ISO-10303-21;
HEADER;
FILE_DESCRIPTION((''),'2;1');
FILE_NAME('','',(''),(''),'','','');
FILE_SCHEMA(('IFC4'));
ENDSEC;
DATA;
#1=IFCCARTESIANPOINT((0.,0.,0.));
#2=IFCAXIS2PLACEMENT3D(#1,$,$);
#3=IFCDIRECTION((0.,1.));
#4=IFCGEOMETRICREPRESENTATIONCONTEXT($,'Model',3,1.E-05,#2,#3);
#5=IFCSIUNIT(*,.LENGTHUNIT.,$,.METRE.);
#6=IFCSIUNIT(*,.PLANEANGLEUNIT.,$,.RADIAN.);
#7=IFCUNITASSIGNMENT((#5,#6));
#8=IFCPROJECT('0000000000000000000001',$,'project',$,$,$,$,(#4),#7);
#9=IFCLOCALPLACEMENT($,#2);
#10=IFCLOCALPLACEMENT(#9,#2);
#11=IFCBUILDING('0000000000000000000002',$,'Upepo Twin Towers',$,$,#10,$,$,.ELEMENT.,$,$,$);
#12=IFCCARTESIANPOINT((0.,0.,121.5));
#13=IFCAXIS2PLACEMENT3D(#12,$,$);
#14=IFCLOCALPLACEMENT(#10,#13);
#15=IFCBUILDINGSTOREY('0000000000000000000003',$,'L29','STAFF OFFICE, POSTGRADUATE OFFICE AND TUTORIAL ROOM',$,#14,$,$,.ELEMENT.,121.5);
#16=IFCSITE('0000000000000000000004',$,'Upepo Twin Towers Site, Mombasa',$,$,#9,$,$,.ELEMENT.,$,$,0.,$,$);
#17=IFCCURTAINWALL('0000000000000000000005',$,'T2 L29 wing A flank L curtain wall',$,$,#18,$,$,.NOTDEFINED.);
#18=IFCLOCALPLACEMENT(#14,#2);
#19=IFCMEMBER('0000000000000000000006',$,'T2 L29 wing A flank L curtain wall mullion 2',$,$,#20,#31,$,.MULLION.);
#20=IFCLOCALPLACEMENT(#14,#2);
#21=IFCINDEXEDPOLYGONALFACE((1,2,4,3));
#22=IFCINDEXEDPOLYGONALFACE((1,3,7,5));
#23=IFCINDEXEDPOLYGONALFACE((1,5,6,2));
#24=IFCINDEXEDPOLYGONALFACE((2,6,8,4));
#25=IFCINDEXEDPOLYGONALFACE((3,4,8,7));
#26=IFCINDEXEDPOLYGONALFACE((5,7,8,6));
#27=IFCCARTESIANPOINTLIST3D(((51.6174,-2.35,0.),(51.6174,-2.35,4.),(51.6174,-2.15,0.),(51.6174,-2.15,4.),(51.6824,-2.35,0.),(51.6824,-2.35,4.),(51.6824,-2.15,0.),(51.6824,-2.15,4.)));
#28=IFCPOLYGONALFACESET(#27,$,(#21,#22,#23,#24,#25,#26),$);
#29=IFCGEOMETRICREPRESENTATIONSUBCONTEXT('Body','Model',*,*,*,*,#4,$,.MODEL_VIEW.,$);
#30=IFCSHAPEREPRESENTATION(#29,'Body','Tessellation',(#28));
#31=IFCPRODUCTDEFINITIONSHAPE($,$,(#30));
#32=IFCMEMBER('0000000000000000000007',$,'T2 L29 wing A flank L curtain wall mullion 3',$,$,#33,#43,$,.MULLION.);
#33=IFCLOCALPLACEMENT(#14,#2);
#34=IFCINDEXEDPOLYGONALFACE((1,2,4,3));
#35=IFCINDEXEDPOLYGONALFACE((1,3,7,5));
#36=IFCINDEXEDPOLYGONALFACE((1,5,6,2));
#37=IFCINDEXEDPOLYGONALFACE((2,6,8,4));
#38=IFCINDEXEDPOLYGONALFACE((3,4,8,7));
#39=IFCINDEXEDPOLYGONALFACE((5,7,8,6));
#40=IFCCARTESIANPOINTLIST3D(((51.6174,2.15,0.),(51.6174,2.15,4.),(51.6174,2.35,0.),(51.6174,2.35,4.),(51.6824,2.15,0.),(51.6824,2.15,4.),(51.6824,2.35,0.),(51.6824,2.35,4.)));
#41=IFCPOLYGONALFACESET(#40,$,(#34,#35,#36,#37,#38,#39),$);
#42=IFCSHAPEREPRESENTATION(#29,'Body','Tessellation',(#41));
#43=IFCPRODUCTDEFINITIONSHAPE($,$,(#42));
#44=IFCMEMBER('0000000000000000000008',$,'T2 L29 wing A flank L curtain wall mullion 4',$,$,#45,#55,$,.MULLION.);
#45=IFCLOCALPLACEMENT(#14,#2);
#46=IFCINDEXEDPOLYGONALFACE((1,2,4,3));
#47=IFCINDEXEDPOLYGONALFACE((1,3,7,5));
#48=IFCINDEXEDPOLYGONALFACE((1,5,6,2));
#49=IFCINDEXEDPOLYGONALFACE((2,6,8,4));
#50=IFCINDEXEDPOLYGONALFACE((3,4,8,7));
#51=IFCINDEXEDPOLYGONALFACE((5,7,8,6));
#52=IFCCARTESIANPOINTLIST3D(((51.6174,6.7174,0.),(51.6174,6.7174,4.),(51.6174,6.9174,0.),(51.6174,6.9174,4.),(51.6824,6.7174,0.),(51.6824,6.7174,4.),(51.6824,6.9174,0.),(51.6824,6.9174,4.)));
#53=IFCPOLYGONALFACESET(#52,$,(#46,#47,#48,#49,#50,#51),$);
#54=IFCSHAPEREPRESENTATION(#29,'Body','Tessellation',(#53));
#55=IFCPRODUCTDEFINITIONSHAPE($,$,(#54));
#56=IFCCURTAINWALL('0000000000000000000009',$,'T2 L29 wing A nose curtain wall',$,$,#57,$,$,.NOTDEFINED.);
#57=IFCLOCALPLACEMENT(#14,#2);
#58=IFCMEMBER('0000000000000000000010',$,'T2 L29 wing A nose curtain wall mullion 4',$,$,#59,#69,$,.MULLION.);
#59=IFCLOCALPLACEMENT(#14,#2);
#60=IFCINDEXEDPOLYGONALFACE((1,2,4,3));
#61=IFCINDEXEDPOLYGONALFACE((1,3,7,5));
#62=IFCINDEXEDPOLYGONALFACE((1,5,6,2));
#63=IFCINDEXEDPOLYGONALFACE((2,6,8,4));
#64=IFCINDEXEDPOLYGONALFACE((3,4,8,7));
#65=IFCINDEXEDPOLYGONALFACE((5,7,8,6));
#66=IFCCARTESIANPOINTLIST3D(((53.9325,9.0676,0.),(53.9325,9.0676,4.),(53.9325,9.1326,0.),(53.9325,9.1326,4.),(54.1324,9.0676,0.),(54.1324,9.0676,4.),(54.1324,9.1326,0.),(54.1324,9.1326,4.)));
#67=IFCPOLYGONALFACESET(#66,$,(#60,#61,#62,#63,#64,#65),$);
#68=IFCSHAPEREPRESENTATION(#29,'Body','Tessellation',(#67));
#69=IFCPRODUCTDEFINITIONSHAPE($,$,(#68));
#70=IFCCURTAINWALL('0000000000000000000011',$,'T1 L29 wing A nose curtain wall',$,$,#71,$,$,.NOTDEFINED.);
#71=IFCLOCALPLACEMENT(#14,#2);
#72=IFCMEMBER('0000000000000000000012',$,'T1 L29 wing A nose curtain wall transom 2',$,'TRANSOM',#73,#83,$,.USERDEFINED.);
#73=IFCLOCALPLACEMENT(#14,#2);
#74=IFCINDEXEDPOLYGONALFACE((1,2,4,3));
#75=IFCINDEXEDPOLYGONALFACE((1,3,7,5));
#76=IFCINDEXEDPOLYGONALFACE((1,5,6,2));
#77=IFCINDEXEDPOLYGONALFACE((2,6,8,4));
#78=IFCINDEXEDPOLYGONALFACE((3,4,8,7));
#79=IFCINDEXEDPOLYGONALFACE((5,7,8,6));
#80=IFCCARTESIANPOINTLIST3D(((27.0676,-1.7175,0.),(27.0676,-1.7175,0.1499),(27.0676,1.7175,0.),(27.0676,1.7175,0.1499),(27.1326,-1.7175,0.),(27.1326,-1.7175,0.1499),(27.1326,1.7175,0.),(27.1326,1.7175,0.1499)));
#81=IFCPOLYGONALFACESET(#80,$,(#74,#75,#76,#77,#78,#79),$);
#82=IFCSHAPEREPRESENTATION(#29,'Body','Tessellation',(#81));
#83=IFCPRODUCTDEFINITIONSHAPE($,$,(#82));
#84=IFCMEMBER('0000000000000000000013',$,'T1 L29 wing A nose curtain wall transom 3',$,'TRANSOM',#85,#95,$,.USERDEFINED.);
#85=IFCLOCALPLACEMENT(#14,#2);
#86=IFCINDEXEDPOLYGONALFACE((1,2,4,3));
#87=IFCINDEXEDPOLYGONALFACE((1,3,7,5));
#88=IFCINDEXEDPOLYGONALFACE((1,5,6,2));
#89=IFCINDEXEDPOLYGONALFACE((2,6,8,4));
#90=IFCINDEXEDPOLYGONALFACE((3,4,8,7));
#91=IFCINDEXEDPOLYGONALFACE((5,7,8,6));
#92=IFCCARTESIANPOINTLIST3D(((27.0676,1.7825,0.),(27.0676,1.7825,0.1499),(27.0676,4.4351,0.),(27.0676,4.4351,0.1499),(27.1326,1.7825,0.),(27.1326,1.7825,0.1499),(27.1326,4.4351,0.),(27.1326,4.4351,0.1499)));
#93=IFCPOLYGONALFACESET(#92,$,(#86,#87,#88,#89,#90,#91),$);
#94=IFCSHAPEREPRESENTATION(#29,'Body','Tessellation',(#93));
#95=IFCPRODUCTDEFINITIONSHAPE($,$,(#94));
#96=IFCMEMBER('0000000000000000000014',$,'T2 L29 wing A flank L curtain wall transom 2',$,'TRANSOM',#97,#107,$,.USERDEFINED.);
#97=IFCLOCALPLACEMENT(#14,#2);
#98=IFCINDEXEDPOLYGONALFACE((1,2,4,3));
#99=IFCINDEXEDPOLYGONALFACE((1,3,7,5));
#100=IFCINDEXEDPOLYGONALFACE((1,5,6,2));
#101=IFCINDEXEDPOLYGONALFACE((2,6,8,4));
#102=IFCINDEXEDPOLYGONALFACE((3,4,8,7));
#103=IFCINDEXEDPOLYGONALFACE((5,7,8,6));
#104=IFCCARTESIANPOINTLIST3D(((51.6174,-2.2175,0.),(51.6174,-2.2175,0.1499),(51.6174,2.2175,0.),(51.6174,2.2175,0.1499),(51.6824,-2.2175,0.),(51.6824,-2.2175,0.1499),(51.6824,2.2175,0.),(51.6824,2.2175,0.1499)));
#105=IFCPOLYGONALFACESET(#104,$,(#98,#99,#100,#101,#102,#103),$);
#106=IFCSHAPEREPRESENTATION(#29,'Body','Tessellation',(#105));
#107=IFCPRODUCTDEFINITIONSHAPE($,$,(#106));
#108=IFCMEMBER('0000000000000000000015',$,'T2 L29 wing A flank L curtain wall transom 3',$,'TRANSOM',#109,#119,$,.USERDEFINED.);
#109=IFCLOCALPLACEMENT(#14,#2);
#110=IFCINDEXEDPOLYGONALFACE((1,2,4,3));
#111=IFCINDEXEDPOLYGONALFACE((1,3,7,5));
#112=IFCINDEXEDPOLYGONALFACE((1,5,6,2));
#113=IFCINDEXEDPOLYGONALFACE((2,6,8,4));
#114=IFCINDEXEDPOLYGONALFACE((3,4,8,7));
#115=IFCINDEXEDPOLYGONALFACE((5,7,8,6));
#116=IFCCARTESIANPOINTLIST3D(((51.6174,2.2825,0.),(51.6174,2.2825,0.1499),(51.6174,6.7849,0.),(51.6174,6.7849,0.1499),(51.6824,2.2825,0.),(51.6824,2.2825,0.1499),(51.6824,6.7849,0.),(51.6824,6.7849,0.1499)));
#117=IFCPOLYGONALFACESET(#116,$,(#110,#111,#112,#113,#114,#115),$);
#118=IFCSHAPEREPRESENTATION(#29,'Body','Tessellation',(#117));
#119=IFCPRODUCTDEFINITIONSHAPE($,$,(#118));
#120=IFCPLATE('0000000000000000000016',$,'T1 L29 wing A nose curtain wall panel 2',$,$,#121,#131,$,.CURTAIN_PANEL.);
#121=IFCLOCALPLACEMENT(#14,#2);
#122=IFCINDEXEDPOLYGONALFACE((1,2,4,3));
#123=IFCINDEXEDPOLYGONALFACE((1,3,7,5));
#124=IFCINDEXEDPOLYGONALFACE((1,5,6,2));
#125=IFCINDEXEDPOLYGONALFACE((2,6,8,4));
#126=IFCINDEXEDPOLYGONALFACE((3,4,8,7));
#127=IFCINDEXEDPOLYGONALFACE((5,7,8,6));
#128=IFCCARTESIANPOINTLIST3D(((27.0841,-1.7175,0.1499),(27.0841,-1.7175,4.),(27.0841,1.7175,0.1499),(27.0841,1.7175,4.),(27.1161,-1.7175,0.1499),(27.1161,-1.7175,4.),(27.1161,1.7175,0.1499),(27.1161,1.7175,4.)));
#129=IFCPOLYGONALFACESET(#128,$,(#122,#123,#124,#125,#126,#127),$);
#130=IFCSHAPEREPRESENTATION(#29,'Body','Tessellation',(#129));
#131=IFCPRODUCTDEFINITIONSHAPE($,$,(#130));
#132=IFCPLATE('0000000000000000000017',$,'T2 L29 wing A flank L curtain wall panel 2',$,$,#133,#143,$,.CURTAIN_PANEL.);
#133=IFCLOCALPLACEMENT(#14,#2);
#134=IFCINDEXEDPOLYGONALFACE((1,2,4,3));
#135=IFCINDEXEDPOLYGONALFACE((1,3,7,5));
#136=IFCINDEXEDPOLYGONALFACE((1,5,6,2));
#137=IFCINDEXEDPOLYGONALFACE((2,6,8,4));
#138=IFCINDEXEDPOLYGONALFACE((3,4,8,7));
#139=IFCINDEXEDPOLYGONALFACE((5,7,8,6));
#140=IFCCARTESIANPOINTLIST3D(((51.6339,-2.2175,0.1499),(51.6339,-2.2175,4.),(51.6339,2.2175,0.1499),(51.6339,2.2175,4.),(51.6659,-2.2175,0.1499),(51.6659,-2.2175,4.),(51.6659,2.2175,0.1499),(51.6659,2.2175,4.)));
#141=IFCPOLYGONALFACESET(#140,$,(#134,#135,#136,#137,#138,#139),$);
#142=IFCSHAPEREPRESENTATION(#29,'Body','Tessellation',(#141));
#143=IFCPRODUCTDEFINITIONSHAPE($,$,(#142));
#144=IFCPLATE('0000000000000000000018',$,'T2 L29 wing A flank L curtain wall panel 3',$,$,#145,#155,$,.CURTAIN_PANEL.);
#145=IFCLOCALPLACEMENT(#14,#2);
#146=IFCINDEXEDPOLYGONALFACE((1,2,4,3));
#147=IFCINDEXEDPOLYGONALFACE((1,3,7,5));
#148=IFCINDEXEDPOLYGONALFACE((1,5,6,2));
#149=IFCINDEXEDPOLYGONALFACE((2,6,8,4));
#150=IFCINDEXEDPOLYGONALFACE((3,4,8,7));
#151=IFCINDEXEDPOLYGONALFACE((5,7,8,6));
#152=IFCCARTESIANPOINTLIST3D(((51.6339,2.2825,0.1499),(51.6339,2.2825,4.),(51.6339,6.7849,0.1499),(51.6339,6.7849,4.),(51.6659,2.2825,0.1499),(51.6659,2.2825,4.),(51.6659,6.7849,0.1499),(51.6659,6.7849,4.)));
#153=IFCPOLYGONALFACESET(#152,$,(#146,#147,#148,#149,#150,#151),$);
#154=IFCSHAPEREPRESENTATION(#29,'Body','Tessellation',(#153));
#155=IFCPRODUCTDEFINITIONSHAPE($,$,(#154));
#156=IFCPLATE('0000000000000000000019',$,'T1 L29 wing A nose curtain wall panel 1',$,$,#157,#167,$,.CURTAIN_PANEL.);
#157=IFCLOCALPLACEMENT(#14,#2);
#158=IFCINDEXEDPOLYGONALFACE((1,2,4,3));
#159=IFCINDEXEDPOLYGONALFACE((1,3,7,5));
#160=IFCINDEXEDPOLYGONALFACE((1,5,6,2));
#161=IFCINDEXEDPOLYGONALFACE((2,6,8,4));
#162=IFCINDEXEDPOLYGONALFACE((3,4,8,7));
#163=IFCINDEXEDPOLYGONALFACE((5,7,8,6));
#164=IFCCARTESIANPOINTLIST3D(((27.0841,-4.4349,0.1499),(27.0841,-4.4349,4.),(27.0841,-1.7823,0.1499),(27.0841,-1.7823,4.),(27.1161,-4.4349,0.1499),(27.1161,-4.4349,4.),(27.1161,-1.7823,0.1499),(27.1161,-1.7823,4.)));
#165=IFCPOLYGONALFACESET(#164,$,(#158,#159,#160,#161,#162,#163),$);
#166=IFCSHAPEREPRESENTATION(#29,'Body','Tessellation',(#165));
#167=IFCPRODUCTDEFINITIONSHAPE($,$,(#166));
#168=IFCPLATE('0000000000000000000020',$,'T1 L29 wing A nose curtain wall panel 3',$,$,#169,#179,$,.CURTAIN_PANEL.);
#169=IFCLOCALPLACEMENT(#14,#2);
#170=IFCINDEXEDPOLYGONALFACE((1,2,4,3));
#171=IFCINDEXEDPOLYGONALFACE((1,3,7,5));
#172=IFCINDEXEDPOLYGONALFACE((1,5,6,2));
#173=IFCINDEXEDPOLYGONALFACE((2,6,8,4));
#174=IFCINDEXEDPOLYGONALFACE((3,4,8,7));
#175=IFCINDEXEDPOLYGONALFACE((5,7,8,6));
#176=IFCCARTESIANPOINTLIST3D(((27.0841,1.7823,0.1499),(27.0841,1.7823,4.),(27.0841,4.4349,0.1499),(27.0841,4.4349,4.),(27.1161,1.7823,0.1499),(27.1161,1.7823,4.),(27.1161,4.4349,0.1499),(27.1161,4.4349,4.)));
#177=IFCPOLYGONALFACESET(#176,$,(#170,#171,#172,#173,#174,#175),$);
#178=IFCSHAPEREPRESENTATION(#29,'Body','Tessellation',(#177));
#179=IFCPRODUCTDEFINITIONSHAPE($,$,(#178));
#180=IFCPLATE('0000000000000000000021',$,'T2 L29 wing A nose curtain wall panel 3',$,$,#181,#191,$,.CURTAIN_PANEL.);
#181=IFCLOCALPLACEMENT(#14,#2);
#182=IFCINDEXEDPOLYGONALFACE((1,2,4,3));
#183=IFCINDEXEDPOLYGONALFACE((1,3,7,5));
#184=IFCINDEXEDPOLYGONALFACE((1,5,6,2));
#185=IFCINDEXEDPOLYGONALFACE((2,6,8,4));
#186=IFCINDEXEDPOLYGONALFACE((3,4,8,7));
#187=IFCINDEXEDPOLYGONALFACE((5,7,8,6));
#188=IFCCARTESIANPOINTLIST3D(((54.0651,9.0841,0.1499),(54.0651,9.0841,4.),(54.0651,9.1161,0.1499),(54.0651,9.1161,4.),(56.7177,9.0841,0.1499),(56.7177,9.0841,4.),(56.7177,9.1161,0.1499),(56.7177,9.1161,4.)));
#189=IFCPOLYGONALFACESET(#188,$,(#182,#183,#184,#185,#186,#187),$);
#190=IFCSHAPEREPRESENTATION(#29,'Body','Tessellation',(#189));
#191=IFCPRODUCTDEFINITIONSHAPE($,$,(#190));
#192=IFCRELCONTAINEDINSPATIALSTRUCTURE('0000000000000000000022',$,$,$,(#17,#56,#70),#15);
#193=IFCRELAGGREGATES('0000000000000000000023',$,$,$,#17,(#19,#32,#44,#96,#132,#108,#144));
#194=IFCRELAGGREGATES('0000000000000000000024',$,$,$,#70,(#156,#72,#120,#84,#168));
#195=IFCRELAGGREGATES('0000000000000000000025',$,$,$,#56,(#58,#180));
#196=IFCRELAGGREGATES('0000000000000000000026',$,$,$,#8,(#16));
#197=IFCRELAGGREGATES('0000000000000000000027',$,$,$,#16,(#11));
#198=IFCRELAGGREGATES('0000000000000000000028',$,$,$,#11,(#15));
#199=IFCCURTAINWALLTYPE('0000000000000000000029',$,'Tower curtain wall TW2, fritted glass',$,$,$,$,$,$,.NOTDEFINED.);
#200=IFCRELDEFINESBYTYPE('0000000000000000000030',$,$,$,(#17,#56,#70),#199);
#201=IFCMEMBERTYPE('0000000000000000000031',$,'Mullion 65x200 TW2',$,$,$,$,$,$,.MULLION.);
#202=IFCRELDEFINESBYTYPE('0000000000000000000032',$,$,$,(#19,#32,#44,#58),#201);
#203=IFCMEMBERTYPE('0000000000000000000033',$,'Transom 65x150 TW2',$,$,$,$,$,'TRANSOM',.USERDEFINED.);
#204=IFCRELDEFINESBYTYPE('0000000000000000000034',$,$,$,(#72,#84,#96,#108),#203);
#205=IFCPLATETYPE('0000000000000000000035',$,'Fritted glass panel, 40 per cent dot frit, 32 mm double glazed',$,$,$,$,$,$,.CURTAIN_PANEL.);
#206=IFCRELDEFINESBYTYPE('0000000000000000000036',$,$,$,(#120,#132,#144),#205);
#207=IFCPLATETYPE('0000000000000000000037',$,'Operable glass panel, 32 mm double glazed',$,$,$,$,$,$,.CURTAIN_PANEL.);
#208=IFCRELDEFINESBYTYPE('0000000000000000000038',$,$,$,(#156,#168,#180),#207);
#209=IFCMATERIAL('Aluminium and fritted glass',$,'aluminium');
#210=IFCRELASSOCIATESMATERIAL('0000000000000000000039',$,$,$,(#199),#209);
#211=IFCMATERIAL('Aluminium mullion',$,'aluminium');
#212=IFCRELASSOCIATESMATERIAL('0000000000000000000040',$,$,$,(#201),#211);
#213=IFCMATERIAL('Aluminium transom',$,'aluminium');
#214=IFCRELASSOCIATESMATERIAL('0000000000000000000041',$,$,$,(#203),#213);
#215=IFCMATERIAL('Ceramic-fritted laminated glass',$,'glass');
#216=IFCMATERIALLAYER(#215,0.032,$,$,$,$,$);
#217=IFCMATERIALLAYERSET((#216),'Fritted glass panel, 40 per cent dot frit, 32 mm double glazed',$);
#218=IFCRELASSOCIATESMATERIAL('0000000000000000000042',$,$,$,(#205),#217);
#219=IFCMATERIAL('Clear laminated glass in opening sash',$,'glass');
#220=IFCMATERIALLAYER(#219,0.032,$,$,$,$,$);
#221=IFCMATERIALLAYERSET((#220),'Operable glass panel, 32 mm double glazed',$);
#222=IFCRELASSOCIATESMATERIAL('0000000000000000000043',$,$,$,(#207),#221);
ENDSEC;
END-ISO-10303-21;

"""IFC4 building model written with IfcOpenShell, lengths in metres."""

from ifc_helpers import new_model, si_unit, direction, frame, origin, origin_2d, place, context, subcontext, project, spatial, rectangle, extrude, material, layer, layer_set, material_profile, profile_set, type_object, element, aggregate, save


model = new_model("IFC4")

# Units and contexts
model_context = context("Model", 3, precision=1e-05, world=origin(), true_north=direction((0.0, 1.0)))
body_context = subcontext(model_context, "Body", "Model", "MODEL_VIEW")
ifc_project = project(units=[si_unit("LENGTHUNIT", "METRE"), si_unit("PLANEANGLEUNIT", "RADIAN")], contexts=[model_context])

# Site, building, storey
site_placement = place(None, origin())
site = spatial("IfcSite", under=ifc_project, at=site_placement, Name="Upepo Twin Towers Site, Mombasa", CompositionType="ELEMENT", RefElevation=0.0)
building_placement = place(site_placement, origin())
building = spatial("IfcBuilding", under=site, at=building_placement, Name="Upepo Twin Towers", CompositionType="ELEMENT")
storey_placement = place(building_placement, frame((0.0, 0.0, 121.5)))
storey = spatial("IfcBuildingStorey", under=building, at=storey_placement, Name="L29", Description="STAFF OFFICE, POSTGRADUATE OFFICE AND TUTORIAL ROOM", CompositionType="ELEMENT", Elevation=121.5)

# Curtain wall, members
ifc_material_1 = material(Name="Aluminium and fritted glass", Category="aluminium")
curtain_wall_type = type_object("IfcCurtainWallType", Name="Tower curtain wall TW2, fritted glass", PredefinedType="NOTDEFINED", material=ifc_material_1)
curtain_wall_1_placement = place(storey_placement, origin())
curtain_wall_1 = element("IfcCurtainWall", 1, at=curtain_wall_1_placement, inside=storey, type_object=curtain_wall_type, Name="T2 L29 wing A flank L curtain wall", PredefinedType="NOTDEFINED")
ifc_material_2 = material(Name="Aluminium mullion", Category="aluminium")
ifc_material_profile_1 = material_profile(ifc_material_2, rectangle(XDim=0.0649, YDim=0.2, at=origin_2d()), Name="MULLION 65x200")
ifc_profile_set_1 = profile_set([ifc_material_profile_1], Name="Aluminium mullion")
member_type_1 = type_object("IfcMemberType", Name="Mullion 65x200 TW2", PredefinedType="MULLION", material=ifc_profile_set_1)
member_1_placement = place(storey_placement, frame((51.6499, -2.25, 0.0), z_axis=(0.0, 0.0, 1.0), x_axis=(-1.0, 0.0, 0.0)))
member_1 = element("IfcMember", 2, at=member_1_placement, type_object=member_type_1, Name="T2 L29 wing A flank L curtain wall mullion 2", PredefinedType="MULLION", context=body_context, shape_type="SweptSolid", body=[
    extrude(rectangle(XDim=0.0649, YDim=0.2, at=origin_2d()), origin(), (0.0, 0.0, 1.0), 4.0),
])
member_2_placement = place(storey_placement, frame((51.6499, 2.25, 0.0), z_axis=(0.0, 0.0, 1.0), x_axis=(-1.0, 0.0, 0.0)))
member_2 = element("IfcMember", 3, at=member_2_placement, type_object=member_type_1, Name="T2 L29 wing A flank L curtain wall mullion 3", PredefinedType="MULLION", context=body_context, shape_type="SweptSolid", body=[
    extrude(rectangle(XDim=0.0649, YDim=0.2, at=origin_2d()), origin(), (0.0, 0.0, 1.0), 4.0),
])
member_3_placement = place(storey_placement, frame((51.6499, 6.8174, 0.0), z_axis=(0.0, 0.0, 1.0), x_axis=(-1.0, 0.0, 0.0)))
member_3 = element("IfcMember", 4, at=member_3_placement, type_object=member_type_1, Name="T2 L29 wing A flank L curtain wall mullion 4", PredefinedType="MULLION", context=body_context, shape_type="SweptSolid", body=[
    extrude(rectangle(XDim=0.0649, YDim=0.2, at=origin_2d()), origin(), (0.0, 0.0, 1.0), 4.0),
])

# Curtain wall, member
curtain_wall_2_placement = place(storey_placement, origin())
curtain_wall_2 = element("IfcCurtainWall", 5, at=curtain_wall_2_placement, inside=storey, type_object=curtain_wall_type, Name="T2 L29 wing A nose curtain wall", PredefinedType="NOTDEFINED")
member_4_placement = place(storey_placement, frame((54.0325, 9.1001, 0.0), z_axis=(0.0, 0.0, 1.0), x_axis=(0.0, -1.0, 0.0)))
member_4 = element("IfcMember", 6, at=member_4_placement, type_object=member_type_1, Name="T2 L29 wing A nose curtain wall mullion 4", PredefinedType="MULLION", context=body_context, shape_type="SweptSolid", body=[
    extrude(rectangle(XDim=0.0649, YDim=0.2, at=origin_2d()), origin(), (0.0, 0.0, 1.0), 4.0),
])

# Curtain wall, members
curtain_wall_3_placement = place(storey_placement, origin())
curtain_wall_3 = element("IfcCurtainWall", 7, at=curtain_wall_3_placement, inside=storey, type_object=curtain_wall_type, Name="T1 L29 wing A nose curtain wall", PredefinedType="NOTDEFINED")
ifc_material_3 = material(Name="Aluminium transom", Category="aluminium")
ifc_material_profile_2 = material_profile(ifc_material_3, rectangle(XDim=0.0649, YDim=0.1499, at=origin_2d()), Name="TRANSOM 65x150")
ifc_profile_set_2 = profile_set([ifc_material_profile_2], Name="Aluminium transom")
member_type_2 = type_object("IfcMemberType", Name="Transom 65x150 TW2", ElementType="TRANSOM", PredefinedType="USERDEFINED", material=ifc_profile_set_2)
member_5_placement = place(storey_placement, frame((27.1001, -1.7175, 0.075), z_axis=(0.0, 1.0, 0.0), x_axis=(-1.0, 0.0, 0.0)))
member_5 = element("IfcMember", 8, at=member_5_placement, type_object=member_type_2, Name="T1 L29 wing A nose curtain wall transom 2", ObjectType="TRANSOM", PredefinedType="USERDEFINED", context=body_context, shape_type="SweptSolid", body=[
    extrude(rectangle(XDim=0.0649, YDim=0.1499, at=origin_2d()), origin(), (0.0, 0.0, 1.0), 3.4351),
])
member_6_placement = place(storey_placement, frame((27.1001, 1.7825, 0.075), z_axis=(0.0, 1.0, 0.0), x_axis=(-1.0, 0.0, 0.0)))
member_6 = element("IfcMember", 9, at=member_6_placement, type_object=member_type_2, Name="T1 L29 wing A nose curtain wall transom 3", ObjectType="TRANSOM", PredefinedType="USERDEFINED", context=body_context, shape_type="SweptSolid", body=[
    extrude(rectangle(XDim=0.0649, YDim=0.1499, at=origin_2d()), origin(), (0.0, 0.0, 1.0), 2.6526),
])

# Members
member_7_placement = place(storey_placement, frame((51.6499, -2.2175, 0.075), z_axis=(0.0, 1.0, 0.0), x_axis=(-1.0, 0.0, 0.0)))
member_7 = element("IfcMember", 10, at=member_7_placement, type_object=member_type_2, Name="T2 L29 wing A flank L curtain wall transom 2", ObjectType="TRANSOM", PredefinedType="USERDEFINED", context=body_context, shape_type="SweptSolid", body=[
    extrude(rectangle(XDim=0.0649, YDim=0.1499, at=origin_2d()), origin(), (0.0, 0.0, 1.0), 4.4351),
])
member_8_placement = place(storey_placement, frame((51.6499, 2.2825, 0.075), z_axis=(0.0, 1.0, 0.0), x_axis=(-1.0, 0.0, 0.0)))
member_8 = element("IfcMember", 11, at=member_8_placement, type_object=member_type_2, Name="T2 L29 wing A flank L curtain wall transom 3", ObjectType="TRANSOM", PredefinedType="USERDEFINED", context=body_context, shape_type="SweptSolid", body=[
    extrude(rectangle(XDim=0.0649, YDim=0.1499, at=origin_2d()), origin(), (0.0, 0.0, 1.0), 4.5024),
])

# Plates
ifc_material_4 = material(Name="Ceramic-fritted laminated glass", Category="glass")
ifc_layer_1 = layer(ifc_material_4, 0.032)
ifc_layer_set_1 = layer_set([ifc_layer_1], Name="Fritted glass panel, 40 per cent dot frit, 32 mm double glazed")
plate_type_1 = type_object("IfcPlateType", Name="Fritted glass panel, 40 per cent dot frit, 32 mm double glazed", PredefinedType="CURTAIN_PANEL", material=ifc_layer_set_1)
plate_1_placement = place(storey_placement, frame((27.1001, 0.0, 0.1499), z_axis=(0.0, 0.0, 1.0), x_axis=(0.0, 1.0, 0.0)))
plate_1 = element("IfcPlate", 12, at=plate_1_placement, type_object=plate_type_1, Name="T1 L29 wing A nose curtain wall panel 2", PredefinedType="CURTAIN_PANEL", context=body_context, shape_type="SweptSolid", body=[
    extrude(rectangle(XDim=3.4351, YDim=0.032, at=origin_2d()), origin(), (0.0, 0.0, 1.0), 3.8501),
])
plate_2_placement = place(storey_placement, frame((51.6499, 0.0, 0.1499), z_axis=(0.0, 0.0, 1.0), x_axis=(0.0, 1.0, 0.0)))
plate_2 = element("IfcPlate", 13, at=plate_2_placement, type_object=plate_type_1, Name="T2 L29 wing A flank L curtain wall panel 2", PredefinedType="CURTAIN_PANEL", context=body_context, shape_type="SweptSolid", body=[
    extrude(rectangle(XDim=4.4351, YDim=0.032, at=origin_2d()), origin(), (0.0, 0.0, 1.0), 3.8501),
])
plate_3_placement = place(storey_placement, frame((51.6499, 4.5337, 0.1499), z_axis=(0.0, 0.0, 1.0), x_axis=(0.0, 1.0, 0.0)))
plate_3 = element("IfcPlate", 14, at=plate_3_placement, type_object=plate_type_1, Name="T2 L29 wing A flank L curtain wall panel 3", PredefinedType="CURTAIN_PANEL", context=body_context, shape_type="SweptSolid", body=[
    extrude(rectangle(XDim=4.5024, YDim=0.032, at=origin_2d()), origin(), (0.0, 0.0, 1.0), 3.8501),
])
aggregate(curtain_wall_1, [member_1, member_2, member_3, member_7, plate_2, member_8, plate_3])
ifc_material_5 = material(Name="Clear laminated glass in opening sash", Category="glass")
ifc_layer_2 = layer(ifc_material_5, 0.032)
ifc_layer_set_2 = layer_set([ifc_layer_2], Name="Operable glass panel, 32 mm double glazed")
plate_type_2 = type_object("IfcPlateType", Name="Operable glass panel, 32 mm double glazed", PredefinedType="CURTAIN_PANEL", material=ifc_layer_set_2)
plate_4_placement = place(storey_placement, frame((27.1001, -3.1086, 0.1499), z_axis=(0.0, 0.0, 1.0), x_axis=(0.0, 1.0, 0.0)))
plate_4 = element("IfcPlate", 15, at=plate_4_placement, type_object=plate_type_2, Name="T1 L29 wing A nose curtain wall panel 1", PredefinedType="CURTAIN_PANEL", context=body_context, shape_type="SweptSolid", body=[
    extrude(rectangle(XDim=2.6526, YDim=0.032, at=origin_2d()), origin(), (0.0, 0.0, 1.0), 3.8501),
])
plate_5_placement = place(storey_placement, frame((27.1001, 3.1086, 0.1499), z_axis=(0.0, 0.0, 1.0), x_axis=(0.0, 1.0, 0.0)))
plate_5 = element("IfcPlate", 16, at=plate_5_placement, type_object=plate_type_2, Name="T1 L29 wing A nose curtain wall panel 3", PredefinedType="CURTAIN_PANEL", context=body_context, shape_type="SweptSolid", body=[
    extrude(rectangle(XDim=2.6526, YDim=0.032, at=origin_2d()), origin(), (0.0, 0.0, 1.0), 3.8501),
])
aggregate(curtain_wall_3, [plate_4, member_5, plate_1, member_6, plate_5])
plate_6_placement = place(storey_placement, frame((55.3914, 9.1001, 0.1499), z_axis=(0.0, 0.0, 1.0), x_axis=(-1.0, 0.0, 0.0)))
plate_6 = element("IfcPlate", 17, at=plate_6_placement, type_object=plate_type_2, Name="T2 L29 wing A nose curtain wall panel 3", PredefinedType="CURTAIN_PANEL", context=body_context, shape_type="SweptSolid", body=[
    extrude(rectangle(XDim=2.6526, YDim=0.032, at=origin_2d()), origin(), (0.0, 0.0, 1.0), 3.8501),
])
aggregate(curtain_wall_2, [member_4, plate_6])

save(model, "model.ifc")
